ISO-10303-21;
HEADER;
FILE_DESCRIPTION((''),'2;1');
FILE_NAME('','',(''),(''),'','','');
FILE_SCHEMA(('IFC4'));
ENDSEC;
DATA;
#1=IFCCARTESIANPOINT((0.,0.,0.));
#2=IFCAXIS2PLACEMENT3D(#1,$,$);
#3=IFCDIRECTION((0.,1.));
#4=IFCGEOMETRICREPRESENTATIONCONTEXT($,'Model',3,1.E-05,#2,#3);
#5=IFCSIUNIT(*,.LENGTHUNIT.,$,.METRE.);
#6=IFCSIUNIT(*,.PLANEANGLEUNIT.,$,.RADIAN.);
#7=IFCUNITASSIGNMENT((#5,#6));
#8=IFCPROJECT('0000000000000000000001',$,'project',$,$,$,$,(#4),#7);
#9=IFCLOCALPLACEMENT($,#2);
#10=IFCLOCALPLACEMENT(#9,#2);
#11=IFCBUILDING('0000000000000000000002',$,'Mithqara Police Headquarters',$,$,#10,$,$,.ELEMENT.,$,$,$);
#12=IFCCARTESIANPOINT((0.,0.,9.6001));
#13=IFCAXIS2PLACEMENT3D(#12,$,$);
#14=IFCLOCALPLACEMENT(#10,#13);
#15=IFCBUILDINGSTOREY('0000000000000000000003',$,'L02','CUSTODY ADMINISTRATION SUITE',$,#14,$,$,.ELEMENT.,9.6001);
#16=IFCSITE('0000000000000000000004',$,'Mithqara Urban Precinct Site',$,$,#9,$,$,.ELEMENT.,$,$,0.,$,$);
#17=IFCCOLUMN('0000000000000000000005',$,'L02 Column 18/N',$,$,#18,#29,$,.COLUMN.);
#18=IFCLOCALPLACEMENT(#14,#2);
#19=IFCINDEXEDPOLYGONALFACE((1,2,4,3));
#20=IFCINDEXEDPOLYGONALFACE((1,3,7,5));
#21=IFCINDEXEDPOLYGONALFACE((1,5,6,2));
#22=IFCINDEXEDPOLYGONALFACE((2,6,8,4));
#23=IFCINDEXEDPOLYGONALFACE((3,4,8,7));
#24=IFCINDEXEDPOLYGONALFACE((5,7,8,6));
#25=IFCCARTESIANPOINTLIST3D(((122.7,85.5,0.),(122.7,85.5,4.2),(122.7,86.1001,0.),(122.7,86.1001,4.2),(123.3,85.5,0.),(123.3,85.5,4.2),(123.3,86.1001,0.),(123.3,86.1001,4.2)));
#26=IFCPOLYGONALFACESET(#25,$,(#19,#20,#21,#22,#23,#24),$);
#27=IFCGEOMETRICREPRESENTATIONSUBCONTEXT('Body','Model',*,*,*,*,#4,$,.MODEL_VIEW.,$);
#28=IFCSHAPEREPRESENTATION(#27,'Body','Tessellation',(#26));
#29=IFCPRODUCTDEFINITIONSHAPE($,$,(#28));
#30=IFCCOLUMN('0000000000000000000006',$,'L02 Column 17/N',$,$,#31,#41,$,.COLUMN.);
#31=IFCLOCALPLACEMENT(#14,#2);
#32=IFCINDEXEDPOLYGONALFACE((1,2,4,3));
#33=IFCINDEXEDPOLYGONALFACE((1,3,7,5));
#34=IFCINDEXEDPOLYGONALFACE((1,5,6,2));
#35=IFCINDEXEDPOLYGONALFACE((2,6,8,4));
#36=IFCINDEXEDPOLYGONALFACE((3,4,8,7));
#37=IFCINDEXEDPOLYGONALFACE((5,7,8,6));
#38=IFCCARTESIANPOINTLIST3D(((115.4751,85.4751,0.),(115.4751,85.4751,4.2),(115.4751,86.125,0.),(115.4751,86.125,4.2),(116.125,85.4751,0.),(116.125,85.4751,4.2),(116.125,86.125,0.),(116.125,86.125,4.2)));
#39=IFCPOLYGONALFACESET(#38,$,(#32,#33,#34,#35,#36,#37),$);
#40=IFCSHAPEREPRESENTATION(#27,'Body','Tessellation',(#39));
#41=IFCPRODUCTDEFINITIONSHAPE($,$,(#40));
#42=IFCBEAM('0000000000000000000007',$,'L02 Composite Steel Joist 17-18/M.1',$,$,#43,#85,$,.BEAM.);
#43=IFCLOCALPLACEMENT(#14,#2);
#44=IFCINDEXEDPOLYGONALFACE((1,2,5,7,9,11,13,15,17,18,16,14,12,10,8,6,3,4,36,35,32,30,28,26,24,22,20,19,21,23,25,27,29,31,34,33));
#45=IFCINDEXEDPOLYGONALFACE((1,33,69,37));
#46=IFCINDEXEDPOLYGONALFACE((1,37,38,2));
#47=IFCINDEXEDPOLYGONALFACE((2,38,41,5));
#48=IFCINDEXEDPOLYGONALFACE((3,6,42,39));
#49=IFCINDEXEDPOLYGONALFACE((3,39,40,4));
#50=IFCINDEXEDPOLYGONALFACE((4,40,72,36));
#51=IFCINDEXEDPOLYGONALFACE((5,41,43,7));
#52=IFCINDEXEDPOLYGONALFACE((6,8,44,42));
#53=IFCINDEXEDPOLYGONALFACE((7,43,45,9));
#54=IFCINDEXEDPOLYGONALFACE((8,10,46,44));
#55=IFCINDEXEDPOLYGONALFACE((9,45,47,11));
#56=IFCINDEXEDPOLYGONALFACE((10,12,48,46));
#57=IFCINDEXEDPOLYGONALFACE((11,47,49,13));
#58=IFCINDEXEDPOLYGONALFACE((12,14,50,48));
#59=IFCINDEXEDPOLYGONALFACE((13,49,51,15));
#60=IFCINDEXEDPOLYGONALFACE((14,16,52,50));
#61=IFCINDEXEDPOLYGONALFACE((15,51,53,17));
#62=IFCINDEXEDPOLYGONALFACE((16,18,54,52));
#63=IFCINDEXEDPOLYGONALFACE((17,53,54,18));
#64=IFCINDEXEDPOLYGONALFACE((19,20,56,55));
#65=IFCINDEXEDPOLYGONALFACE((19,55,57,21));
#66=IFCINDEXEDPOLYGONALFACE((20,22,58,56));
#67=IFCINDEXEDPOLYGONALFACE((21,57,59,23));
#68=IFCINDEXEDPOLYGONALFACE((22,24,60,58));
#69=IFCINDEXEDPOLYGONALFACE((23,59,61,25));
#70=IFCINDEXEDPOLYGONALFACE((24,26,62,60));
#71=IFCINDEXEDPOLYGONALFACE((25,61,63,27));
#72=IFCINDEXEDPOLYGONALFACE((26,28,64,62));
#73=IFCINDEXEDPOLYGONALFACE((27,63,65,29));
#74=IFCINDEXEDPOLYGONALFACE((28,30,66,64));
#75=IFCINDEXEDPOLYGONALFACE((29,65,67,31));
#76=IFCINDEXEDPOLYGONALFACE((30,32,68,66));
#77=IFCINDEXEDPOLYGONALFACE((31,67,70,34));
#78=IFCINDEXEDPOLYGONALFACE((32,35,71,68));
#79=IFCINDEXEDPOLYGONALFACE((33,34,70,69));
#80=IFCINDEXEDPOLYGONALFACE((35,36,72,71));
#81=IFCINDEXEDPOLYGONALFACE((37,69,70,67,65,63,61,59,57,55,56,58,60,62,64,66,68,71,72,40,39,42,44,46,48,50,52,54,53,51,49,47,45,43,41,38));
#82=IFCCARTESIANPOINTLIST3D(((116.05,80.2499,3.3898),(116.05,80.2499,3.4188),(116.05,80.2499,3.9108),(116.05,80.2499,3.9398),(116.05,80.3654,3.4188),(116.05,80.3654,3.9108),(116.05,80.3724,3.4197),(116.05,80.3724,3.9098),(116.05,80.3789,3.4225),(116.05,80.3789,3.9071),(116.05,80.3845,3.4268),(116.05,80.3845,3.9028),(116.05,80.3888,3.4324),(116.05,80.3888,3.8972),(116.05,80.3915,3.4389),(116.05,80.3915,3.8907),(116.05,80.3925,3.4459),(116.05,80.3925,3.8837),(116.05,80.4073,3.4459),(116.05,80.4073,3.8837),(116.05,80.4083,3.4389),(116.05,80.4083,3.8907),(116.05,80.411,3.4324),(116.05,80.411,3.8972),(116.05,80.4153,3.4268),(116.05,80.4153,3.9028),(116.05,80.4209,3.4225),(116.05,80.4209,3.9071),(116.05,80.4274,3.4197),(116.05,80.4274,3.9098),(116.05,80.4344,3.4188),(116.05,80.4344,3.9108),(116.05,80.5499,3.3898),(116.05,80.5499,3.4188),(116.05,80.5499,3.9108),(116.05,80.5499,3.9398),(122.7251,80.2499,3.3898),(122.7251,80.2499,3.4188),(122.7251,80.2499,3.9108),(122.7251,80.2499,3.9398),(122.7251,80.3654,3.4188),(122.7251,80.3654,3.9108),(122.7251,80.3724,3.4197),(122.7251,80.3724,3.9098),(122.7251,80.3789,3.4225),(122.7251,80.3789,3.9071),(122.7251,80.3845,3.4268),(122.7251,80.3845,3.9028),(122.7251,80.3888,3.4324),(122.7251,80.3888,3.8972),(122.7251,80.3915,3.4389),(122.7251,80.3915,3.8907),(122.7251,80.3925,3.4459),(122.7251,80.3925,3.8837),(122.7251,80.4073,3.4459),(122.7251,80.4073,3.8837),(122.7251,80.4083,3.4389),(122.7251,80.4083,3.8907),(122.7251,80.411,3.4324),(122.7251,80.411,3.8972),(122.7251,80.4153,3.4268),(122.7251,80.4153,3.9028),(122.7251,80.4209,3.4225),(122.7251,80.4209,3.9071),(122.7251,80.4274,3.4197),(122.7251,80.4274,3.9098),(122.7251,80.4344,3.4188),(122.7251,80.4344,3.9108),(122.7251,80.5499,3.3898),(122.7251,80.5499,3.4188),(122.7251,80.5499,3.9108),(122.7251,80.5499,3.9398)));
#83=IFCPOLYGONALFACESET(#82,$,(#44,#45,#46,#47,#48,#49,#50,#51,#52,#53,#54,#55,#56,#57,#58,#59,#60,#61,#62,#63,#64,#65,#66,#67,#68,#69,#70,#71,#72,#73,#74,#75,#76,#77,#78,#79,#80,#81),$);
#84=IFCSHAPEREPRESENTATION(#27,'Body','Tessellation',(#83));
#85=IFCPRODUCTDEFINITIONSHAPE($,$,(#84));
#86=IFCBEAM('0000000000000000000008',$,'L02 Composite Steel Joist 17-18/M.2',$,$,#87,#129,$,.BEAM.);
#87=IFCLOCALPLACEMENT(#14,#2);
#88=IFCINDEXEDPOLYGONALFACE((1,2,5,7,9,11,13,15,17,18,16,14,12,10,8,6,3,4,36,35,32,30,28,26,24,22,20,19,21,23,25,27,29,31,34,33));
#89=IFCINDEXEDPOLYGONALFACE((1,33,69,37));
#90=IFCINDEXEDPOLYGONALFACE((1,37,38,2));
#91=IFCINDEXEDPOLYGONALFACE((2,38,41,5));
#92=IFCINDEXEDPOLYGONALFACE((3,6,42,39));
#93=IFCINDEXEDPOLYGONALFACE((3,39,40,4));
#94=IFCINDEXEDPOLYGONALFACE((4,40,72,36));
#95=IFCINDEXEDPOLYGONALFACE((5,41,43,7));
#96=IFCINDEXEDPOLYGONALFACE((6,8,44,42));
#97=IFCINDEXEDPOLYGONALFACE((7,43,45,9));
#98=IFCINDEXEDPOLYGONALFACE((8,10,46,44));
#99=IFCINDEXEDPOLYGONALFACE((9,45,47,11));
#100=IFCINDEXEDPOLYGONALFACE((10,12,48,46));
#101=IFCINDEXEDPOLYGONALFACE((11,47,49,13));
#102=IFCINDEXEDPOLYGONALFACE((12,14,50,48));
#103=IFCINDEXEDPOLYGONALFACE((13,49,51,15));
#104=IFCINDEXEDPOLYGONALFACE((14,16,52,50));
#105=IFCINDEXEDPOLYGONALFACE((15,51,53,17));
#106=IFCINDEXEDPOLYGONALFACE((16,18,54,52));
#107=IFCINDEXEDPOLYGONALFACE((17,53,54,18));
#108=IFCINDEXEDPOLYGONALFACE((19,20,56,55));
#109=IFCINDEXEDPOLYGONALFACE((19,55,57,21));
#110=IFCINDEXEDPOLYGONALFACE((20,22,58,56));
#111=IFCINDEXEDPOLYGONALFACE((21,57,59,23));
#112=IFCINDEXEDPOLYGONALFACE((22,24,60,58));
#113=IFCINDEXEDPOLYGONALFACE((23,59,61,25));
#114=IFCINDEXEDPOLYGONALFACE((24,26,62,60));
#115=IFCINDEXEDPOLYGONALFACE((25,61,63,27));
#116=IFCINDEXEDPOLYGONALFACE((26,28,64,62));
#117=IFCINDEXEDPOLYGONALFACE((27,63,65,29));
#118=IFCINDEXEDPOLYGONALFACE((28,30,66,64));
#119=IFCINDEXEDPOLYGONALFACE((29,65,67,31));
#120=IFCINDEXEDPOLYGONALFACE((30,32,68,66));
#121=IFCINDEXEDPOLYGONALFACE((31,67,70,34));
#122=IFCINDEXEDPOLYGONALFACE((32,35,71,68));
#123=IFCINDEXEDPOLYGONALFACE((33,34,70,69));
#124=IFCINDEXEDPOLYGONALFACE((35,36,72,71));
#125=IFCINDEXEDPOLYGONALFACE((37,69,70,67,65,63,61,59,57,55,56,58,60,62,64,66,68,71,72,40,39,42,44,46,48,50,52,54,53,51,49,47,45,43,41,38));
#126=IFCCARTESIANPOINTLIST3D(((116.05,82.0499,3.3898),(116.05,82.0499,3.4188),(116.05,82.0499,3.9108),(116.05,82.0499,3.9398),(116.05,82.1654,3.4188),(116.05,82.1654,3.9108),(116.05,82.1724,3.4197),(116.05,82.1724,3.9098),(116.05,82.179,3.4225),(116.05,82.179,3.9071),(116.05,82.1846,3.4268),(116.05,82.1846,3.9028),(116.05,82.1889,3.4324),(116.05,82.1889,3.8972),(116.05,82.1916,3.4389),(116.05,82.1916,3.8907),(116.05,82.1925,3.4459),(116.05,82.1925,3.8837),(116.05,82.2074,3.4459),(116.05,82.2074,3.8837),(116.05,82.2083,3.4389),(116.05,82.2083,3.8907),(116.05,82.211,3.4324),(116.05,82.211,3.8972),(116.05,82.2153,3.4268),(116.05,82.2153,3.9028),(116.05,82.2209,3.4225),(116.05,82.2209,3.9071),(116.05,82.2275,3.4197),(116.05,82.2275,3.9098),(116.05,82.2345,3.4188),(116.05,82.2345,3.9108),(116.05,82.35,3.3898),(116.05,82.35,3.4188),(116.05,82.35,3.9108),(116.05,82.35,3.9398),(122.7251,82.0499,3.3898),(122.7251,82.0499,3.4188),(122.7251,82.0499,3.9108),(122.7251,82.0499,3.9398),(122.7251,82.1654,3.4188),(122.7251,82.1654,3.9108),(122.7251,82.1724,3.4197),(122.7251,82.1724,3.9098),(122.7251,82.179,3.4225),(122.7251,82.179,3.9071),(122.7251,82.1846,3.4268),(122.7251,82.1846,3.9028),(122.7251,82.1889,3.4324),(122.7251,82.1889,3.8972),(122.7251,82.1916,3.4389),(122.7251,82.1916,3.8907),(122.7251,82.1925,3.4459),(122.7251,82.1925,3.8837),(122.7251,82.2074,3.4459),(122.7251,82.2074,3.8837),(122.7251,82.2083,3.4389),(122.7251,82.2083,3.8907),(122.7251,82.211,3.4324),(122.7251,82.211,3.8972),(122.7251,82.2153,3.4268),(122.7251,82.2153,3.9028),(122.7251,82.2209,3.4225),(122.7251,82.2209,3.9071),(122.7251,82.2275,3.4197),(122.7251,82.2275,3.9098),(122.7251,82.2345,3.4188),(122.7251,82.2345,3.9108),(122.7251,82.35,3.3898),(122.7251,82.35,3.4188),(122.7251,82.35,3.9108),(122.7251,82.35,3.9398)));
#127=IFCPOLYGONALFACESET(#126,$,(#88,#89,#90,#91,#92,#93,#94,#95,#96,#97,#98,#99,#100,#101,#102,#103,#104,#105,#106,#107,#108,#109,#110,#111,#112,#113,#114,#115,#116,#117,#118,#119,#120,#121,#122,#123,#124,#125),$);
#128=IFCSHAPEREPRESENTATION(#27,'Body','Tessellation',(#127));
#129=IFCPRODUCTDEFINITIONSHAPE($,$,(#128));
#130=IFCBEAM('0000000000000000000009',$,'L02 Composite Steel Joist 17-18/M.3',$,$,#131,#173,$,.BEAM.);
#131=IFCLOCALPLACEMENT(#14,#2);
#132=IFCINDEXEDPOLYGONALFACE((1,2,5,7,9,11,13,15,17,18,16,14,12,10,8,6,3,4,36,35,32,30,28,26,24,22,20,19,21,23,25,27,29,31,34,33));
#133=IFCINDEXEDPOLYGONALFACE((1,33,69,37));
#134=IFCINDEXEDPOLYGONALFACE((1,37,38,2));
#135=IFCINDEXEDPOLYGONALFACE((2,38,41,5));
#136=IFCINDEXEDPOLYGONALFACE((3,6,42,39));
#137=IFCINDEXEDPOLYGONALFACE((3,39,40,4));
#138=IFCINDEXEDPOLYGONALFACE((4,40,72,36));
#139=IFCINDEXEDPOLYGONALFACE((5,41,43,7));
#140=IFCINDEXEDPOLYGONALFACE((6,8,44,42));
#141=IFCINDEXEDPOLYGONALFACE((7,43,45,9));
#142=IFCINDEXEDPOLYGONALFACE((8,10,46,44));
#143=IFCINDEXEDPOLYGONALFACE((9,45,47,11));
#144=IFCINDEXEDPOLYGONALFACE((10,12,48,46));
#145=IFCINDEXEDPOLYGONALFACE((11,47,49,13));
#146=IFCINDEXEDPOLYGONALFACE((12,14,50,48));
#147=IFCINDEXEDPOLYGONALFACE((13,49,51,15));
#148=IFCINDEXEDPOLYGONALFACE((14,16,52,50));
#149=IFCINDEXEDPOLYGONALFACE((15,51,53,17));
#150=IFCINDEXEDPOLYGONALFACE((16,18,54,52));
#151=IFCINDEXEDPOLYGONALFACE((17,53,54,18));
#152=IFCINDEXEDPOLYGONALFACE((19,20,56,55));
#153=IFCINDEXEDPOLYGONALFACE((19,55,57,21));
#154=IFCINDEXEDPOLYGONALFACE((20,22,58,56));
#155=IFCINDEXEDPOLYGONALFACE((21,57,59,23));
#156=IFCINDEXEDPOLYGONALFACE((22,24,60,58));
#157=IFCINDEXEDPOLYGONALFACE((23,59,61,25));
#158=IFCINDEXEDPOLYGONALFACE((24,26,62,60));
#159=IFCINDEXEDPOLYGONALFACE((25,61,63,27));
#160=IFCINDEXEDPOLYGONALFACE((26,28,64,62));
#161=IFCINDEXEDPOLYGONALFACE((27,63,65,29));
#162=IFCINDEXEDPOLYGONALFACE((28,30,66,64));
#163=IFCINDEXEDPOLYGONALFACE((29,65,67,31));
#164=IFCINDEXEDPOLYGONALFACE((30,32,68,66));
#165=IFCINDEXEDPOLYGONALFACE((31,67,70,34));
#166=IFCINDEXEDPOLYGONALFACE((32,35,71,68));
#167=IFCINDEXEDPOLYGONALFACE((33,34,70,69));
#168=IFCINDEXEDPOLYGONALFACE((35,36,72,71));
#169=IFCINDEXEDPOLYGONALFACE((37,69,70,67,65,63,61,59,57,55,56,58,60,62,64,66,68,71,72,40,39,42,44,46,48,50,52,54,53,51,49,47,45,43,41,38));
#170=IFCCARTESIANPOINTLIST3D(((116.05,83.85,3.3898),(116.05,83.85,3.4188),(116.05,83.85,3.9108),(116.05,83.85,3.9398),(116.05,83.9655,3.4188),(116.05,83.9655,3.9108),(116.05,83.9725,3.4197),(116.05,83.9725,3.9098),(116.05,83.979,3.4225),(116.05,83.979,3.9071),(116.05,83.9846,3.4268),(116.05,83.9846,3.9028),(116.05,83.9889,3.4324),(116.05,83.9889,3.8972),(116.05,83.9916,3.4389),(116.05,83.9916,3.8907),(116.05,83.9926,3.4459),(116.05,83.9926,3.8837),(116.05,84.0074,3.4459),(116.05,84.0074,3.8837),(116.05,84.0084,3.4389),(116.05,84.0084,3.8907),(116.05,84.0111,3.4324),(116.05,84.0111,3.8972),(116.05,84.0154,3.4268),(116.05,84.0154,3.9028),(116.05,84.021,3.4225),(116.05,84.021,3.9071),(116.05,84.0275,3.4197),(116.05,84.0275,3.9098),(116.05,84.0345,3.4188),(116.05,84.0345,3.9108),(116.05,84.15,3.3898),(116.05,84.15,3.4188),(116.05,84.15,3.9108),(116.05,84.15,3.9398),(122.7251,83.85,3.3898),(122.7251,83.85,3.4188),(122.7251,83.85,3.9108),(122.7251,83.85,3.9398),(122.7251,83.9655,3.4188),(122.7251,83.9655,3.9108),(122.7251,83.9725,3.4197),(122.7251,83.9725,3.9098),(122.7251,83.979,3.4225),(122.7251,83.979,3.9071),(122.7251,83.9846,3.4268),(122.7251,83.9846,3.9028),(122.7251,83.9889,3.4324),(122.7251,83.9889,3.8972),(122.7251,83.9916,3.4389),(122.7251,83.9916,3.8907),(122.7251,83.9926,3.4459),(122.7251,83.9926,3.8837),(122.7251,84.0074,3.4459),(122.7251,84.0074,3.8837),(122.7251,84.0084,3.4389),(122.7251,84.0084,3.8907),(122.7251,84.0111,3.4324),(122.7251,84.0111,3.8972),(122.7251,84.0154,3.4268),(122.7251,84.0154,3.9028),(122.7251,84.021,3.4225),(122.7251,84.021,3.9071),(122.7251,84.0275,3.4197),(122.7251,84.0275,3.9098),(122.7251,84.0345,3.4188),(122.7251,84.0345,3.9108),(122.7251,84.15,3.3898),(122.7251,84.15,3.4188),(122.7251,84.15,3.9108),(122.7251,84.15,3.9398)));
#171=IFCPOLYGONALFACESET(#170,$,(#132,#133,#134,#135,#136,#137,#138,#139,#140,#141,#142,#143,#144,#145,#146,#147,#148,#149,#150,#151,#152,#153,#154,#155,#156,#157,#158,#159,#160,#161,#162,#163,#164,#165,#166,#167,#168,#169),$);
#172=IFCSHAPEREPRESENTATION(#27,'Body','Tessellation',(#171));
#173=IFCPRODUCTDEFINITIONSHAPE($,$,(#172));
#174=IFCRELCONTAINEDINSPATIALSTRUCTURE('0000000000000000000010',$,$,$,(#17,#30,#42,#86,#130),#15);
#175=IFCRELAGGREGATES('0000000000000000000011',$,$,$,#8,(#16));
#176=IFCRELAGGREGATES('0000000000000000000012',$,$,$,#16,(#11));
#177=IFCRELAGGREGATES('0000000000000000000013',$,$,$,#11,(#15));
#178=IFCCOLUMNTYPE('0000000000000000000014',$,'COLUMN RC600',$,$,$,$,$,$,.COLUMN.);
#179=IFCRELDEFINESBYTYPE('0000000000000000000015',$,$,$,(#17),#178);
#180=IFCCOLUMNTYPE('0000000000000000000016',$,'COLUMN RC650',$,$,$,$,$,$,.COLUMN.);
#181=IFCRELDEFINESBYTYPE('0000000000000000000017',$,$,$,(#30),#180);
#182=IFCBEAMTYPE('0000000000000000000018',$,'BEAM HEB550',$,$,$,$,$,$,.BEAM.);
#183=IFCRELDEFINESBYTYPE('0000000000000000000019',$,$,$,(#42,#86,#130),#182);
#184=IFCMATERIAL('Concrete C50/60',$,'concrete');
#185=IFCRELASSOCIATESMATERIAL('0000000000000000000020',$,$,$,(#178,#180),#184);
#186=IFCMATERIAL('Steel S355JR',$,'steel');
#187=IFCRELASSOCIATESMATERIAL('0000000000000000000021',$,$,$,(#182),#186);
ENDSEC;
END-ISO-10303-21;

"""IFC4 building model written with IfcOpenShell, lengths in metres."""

from ifc_helpers import new_model, si_unit, direction, frame, origin, origin_2d, place, context, subcontext, project, spatial, rectangle, i_section, extrude, material, material_profile, profile_set, type_object, element, save


model = new_model("IFC4")

# Units and contexts
model_context = context("Model", 3, precision=1e-05, world=origin(), true_north=direction((0.0, 1.0)))
body_context = subcontext(model_context, "Body", "Model", "MODEL_VIEW")
ifc_project = project(units=[si_unit("LENGTHUNIT", "METRE"), si_unit("PLANEANGLEUNIT", "RADIAN")], contexts=[model_context])

# Site, building, storey
site_placement = place(None, origin())
site = spatial("IfcSite", under=ifc_project, at=site_placement, Name="Mithqara Urban Precinct Site", CompositionType="ELEMENT", RefElevation=0.0)
building_placement = place(site_placement, origin())
building = spatial("IfcBuilding", under=site, at=building_placement, Name="Mithqara Police Headquarters", CompositionType="ELEMENT")
storey_placement = place(building_placement, frame((0.0, 0.0, 9.6001)))
storey = spatial("IfcBuildingStorey", under=building, at=storey_placement, Name="L02", Description="CUSTODY ADMINISTRATION SUITE", CompositionType="ELEMENT", Elevation=9.6001)

# Columns
ifc_material_1 = material(Name="Concrete C50/60", Category="concrete")
ifc_material_profile_1 = material_profile(ifc_material_1, rectangle(XDim=0.6001, YDim=0.6001, at=origin_2d()), Name="RC 600x600")
ifc_profile_set_1 = profile_set([ifc_material_profile_1], Name="Concrete C50/60")
column_type_1 = type_object("IfcColumnType", Name="COLUMN RC600", PredefinedType="COLUMN", material=ifc_profile_set_1)
column_1_placement = place(storey_placement, frame((123.0, 85.8, 0.0), z_axis=(0.0, 0.0, 1.0), x_axis=(1.0, 0.0, 0.0)))
element("IfcColumn", 1, at=column_1_placement, inside=storey, type_object=column_type_1, Name="L02 Column 18/N", PredefinedType="COLUMN", context=body_context, shape_type="SweptSolid", body=[
    extrude(rectangle(XDim=0.6001, YDim=0.6001, at=origin_2d()), origin(), (0.0, 0.0, 1.0), 4.2),
])
ifc_material_profile_2 = material_profile(ifc_material_1, rectangle(XDim=0.6499, YDim=0.6499, at=origin_2d()), Name="RC 650x650")
ifc_profile_set_2 = profile_set([ifc_material_profile_2], Name="Concrete C50/60")
column_type_2 = type_object("IfcColumnType", Name="COLUMN RC650", PredefinedType="COLUMN", material=ifc_profile_set_2)
column_2_placement = place(storey_placement, frame((115.8, 85.8, 0.0), z_axis=(0.0, 0.0, 1.0), x_axis=(1.0, 0.0, 0.0)))
element("IfcColumn", 2, at=column_2_placement, inside=storey, type_object=column_type_2, Name="L02 Column 17/N", PredefinedType="COLUMN", context=body_context, shape_type="SweptSolid", body=[
    extrude(rectangle(XDim=0.6499, YDim=0.6499, at=origin_2d()), origin(), (0.0, 0.0, 1.0), 4.2),
])

# Beams
ifc_material_2 = material(Name="Steel S355JR", Category="steel")
ifc_material_profile_3 = material_profile(ifc_material_2, i_section(OverallWidth=0.3, OverallDepth=0.55, WebThickness=0.0149, FlangeThickness=0.0291, FilletRadius=0.0271, at=origin_2d()), Name="HEB 550")
ifc_profile_set_3 = profile_set([ifc_material_profile_3], Name="Steel S355JR")
beam_type_1 = type_object("IfcBeamType", Name="BEAM HEB550", PredefinedType="BEAM", material=ifc_profile_set_3)
for number, where, z_axis, x_axis, name in (
    (3, (116.05, 80.3999, 3.6648), (1.0, 0.0, 0.0), (0.0, 1.0, 0.0), "L02 Composite Steel Joist 17-18/M.1"),
    (4, (116.05, 82.2, 3.6648), (1.0, 0.0, 0.0), (0.0, 1.0, 0.0), "L02 Composite Steel Joist 17-18/M.2"),
    (5, (116.05, 84.0, 3.6648), (1.0, 0.0, 0.0), (0.0, 1.0, 0.0), "L02 Composite Steel Joist 17-18/M.3"),
):
    element("IfcBeam", number, at=place(storey_placement, frame(where, z_axis=z_axis, x_axis=x_axis)), inside=storey, type_object=beam_type_1, Name=name, PredefinedType="BEAM", context=body_context, shape_type="SweptSolid", body=[
        extrude(i_section(OverallWidth=0.3, OverallDepth=0.55, WebThickness=0.0149, FlangeThickness=0.0291, FilletRadius=0.0271, at=origin_2d()), origin(), (0.0, 0.0, 1.0), 6.675),
    ])

save(model, "model.ifc")
